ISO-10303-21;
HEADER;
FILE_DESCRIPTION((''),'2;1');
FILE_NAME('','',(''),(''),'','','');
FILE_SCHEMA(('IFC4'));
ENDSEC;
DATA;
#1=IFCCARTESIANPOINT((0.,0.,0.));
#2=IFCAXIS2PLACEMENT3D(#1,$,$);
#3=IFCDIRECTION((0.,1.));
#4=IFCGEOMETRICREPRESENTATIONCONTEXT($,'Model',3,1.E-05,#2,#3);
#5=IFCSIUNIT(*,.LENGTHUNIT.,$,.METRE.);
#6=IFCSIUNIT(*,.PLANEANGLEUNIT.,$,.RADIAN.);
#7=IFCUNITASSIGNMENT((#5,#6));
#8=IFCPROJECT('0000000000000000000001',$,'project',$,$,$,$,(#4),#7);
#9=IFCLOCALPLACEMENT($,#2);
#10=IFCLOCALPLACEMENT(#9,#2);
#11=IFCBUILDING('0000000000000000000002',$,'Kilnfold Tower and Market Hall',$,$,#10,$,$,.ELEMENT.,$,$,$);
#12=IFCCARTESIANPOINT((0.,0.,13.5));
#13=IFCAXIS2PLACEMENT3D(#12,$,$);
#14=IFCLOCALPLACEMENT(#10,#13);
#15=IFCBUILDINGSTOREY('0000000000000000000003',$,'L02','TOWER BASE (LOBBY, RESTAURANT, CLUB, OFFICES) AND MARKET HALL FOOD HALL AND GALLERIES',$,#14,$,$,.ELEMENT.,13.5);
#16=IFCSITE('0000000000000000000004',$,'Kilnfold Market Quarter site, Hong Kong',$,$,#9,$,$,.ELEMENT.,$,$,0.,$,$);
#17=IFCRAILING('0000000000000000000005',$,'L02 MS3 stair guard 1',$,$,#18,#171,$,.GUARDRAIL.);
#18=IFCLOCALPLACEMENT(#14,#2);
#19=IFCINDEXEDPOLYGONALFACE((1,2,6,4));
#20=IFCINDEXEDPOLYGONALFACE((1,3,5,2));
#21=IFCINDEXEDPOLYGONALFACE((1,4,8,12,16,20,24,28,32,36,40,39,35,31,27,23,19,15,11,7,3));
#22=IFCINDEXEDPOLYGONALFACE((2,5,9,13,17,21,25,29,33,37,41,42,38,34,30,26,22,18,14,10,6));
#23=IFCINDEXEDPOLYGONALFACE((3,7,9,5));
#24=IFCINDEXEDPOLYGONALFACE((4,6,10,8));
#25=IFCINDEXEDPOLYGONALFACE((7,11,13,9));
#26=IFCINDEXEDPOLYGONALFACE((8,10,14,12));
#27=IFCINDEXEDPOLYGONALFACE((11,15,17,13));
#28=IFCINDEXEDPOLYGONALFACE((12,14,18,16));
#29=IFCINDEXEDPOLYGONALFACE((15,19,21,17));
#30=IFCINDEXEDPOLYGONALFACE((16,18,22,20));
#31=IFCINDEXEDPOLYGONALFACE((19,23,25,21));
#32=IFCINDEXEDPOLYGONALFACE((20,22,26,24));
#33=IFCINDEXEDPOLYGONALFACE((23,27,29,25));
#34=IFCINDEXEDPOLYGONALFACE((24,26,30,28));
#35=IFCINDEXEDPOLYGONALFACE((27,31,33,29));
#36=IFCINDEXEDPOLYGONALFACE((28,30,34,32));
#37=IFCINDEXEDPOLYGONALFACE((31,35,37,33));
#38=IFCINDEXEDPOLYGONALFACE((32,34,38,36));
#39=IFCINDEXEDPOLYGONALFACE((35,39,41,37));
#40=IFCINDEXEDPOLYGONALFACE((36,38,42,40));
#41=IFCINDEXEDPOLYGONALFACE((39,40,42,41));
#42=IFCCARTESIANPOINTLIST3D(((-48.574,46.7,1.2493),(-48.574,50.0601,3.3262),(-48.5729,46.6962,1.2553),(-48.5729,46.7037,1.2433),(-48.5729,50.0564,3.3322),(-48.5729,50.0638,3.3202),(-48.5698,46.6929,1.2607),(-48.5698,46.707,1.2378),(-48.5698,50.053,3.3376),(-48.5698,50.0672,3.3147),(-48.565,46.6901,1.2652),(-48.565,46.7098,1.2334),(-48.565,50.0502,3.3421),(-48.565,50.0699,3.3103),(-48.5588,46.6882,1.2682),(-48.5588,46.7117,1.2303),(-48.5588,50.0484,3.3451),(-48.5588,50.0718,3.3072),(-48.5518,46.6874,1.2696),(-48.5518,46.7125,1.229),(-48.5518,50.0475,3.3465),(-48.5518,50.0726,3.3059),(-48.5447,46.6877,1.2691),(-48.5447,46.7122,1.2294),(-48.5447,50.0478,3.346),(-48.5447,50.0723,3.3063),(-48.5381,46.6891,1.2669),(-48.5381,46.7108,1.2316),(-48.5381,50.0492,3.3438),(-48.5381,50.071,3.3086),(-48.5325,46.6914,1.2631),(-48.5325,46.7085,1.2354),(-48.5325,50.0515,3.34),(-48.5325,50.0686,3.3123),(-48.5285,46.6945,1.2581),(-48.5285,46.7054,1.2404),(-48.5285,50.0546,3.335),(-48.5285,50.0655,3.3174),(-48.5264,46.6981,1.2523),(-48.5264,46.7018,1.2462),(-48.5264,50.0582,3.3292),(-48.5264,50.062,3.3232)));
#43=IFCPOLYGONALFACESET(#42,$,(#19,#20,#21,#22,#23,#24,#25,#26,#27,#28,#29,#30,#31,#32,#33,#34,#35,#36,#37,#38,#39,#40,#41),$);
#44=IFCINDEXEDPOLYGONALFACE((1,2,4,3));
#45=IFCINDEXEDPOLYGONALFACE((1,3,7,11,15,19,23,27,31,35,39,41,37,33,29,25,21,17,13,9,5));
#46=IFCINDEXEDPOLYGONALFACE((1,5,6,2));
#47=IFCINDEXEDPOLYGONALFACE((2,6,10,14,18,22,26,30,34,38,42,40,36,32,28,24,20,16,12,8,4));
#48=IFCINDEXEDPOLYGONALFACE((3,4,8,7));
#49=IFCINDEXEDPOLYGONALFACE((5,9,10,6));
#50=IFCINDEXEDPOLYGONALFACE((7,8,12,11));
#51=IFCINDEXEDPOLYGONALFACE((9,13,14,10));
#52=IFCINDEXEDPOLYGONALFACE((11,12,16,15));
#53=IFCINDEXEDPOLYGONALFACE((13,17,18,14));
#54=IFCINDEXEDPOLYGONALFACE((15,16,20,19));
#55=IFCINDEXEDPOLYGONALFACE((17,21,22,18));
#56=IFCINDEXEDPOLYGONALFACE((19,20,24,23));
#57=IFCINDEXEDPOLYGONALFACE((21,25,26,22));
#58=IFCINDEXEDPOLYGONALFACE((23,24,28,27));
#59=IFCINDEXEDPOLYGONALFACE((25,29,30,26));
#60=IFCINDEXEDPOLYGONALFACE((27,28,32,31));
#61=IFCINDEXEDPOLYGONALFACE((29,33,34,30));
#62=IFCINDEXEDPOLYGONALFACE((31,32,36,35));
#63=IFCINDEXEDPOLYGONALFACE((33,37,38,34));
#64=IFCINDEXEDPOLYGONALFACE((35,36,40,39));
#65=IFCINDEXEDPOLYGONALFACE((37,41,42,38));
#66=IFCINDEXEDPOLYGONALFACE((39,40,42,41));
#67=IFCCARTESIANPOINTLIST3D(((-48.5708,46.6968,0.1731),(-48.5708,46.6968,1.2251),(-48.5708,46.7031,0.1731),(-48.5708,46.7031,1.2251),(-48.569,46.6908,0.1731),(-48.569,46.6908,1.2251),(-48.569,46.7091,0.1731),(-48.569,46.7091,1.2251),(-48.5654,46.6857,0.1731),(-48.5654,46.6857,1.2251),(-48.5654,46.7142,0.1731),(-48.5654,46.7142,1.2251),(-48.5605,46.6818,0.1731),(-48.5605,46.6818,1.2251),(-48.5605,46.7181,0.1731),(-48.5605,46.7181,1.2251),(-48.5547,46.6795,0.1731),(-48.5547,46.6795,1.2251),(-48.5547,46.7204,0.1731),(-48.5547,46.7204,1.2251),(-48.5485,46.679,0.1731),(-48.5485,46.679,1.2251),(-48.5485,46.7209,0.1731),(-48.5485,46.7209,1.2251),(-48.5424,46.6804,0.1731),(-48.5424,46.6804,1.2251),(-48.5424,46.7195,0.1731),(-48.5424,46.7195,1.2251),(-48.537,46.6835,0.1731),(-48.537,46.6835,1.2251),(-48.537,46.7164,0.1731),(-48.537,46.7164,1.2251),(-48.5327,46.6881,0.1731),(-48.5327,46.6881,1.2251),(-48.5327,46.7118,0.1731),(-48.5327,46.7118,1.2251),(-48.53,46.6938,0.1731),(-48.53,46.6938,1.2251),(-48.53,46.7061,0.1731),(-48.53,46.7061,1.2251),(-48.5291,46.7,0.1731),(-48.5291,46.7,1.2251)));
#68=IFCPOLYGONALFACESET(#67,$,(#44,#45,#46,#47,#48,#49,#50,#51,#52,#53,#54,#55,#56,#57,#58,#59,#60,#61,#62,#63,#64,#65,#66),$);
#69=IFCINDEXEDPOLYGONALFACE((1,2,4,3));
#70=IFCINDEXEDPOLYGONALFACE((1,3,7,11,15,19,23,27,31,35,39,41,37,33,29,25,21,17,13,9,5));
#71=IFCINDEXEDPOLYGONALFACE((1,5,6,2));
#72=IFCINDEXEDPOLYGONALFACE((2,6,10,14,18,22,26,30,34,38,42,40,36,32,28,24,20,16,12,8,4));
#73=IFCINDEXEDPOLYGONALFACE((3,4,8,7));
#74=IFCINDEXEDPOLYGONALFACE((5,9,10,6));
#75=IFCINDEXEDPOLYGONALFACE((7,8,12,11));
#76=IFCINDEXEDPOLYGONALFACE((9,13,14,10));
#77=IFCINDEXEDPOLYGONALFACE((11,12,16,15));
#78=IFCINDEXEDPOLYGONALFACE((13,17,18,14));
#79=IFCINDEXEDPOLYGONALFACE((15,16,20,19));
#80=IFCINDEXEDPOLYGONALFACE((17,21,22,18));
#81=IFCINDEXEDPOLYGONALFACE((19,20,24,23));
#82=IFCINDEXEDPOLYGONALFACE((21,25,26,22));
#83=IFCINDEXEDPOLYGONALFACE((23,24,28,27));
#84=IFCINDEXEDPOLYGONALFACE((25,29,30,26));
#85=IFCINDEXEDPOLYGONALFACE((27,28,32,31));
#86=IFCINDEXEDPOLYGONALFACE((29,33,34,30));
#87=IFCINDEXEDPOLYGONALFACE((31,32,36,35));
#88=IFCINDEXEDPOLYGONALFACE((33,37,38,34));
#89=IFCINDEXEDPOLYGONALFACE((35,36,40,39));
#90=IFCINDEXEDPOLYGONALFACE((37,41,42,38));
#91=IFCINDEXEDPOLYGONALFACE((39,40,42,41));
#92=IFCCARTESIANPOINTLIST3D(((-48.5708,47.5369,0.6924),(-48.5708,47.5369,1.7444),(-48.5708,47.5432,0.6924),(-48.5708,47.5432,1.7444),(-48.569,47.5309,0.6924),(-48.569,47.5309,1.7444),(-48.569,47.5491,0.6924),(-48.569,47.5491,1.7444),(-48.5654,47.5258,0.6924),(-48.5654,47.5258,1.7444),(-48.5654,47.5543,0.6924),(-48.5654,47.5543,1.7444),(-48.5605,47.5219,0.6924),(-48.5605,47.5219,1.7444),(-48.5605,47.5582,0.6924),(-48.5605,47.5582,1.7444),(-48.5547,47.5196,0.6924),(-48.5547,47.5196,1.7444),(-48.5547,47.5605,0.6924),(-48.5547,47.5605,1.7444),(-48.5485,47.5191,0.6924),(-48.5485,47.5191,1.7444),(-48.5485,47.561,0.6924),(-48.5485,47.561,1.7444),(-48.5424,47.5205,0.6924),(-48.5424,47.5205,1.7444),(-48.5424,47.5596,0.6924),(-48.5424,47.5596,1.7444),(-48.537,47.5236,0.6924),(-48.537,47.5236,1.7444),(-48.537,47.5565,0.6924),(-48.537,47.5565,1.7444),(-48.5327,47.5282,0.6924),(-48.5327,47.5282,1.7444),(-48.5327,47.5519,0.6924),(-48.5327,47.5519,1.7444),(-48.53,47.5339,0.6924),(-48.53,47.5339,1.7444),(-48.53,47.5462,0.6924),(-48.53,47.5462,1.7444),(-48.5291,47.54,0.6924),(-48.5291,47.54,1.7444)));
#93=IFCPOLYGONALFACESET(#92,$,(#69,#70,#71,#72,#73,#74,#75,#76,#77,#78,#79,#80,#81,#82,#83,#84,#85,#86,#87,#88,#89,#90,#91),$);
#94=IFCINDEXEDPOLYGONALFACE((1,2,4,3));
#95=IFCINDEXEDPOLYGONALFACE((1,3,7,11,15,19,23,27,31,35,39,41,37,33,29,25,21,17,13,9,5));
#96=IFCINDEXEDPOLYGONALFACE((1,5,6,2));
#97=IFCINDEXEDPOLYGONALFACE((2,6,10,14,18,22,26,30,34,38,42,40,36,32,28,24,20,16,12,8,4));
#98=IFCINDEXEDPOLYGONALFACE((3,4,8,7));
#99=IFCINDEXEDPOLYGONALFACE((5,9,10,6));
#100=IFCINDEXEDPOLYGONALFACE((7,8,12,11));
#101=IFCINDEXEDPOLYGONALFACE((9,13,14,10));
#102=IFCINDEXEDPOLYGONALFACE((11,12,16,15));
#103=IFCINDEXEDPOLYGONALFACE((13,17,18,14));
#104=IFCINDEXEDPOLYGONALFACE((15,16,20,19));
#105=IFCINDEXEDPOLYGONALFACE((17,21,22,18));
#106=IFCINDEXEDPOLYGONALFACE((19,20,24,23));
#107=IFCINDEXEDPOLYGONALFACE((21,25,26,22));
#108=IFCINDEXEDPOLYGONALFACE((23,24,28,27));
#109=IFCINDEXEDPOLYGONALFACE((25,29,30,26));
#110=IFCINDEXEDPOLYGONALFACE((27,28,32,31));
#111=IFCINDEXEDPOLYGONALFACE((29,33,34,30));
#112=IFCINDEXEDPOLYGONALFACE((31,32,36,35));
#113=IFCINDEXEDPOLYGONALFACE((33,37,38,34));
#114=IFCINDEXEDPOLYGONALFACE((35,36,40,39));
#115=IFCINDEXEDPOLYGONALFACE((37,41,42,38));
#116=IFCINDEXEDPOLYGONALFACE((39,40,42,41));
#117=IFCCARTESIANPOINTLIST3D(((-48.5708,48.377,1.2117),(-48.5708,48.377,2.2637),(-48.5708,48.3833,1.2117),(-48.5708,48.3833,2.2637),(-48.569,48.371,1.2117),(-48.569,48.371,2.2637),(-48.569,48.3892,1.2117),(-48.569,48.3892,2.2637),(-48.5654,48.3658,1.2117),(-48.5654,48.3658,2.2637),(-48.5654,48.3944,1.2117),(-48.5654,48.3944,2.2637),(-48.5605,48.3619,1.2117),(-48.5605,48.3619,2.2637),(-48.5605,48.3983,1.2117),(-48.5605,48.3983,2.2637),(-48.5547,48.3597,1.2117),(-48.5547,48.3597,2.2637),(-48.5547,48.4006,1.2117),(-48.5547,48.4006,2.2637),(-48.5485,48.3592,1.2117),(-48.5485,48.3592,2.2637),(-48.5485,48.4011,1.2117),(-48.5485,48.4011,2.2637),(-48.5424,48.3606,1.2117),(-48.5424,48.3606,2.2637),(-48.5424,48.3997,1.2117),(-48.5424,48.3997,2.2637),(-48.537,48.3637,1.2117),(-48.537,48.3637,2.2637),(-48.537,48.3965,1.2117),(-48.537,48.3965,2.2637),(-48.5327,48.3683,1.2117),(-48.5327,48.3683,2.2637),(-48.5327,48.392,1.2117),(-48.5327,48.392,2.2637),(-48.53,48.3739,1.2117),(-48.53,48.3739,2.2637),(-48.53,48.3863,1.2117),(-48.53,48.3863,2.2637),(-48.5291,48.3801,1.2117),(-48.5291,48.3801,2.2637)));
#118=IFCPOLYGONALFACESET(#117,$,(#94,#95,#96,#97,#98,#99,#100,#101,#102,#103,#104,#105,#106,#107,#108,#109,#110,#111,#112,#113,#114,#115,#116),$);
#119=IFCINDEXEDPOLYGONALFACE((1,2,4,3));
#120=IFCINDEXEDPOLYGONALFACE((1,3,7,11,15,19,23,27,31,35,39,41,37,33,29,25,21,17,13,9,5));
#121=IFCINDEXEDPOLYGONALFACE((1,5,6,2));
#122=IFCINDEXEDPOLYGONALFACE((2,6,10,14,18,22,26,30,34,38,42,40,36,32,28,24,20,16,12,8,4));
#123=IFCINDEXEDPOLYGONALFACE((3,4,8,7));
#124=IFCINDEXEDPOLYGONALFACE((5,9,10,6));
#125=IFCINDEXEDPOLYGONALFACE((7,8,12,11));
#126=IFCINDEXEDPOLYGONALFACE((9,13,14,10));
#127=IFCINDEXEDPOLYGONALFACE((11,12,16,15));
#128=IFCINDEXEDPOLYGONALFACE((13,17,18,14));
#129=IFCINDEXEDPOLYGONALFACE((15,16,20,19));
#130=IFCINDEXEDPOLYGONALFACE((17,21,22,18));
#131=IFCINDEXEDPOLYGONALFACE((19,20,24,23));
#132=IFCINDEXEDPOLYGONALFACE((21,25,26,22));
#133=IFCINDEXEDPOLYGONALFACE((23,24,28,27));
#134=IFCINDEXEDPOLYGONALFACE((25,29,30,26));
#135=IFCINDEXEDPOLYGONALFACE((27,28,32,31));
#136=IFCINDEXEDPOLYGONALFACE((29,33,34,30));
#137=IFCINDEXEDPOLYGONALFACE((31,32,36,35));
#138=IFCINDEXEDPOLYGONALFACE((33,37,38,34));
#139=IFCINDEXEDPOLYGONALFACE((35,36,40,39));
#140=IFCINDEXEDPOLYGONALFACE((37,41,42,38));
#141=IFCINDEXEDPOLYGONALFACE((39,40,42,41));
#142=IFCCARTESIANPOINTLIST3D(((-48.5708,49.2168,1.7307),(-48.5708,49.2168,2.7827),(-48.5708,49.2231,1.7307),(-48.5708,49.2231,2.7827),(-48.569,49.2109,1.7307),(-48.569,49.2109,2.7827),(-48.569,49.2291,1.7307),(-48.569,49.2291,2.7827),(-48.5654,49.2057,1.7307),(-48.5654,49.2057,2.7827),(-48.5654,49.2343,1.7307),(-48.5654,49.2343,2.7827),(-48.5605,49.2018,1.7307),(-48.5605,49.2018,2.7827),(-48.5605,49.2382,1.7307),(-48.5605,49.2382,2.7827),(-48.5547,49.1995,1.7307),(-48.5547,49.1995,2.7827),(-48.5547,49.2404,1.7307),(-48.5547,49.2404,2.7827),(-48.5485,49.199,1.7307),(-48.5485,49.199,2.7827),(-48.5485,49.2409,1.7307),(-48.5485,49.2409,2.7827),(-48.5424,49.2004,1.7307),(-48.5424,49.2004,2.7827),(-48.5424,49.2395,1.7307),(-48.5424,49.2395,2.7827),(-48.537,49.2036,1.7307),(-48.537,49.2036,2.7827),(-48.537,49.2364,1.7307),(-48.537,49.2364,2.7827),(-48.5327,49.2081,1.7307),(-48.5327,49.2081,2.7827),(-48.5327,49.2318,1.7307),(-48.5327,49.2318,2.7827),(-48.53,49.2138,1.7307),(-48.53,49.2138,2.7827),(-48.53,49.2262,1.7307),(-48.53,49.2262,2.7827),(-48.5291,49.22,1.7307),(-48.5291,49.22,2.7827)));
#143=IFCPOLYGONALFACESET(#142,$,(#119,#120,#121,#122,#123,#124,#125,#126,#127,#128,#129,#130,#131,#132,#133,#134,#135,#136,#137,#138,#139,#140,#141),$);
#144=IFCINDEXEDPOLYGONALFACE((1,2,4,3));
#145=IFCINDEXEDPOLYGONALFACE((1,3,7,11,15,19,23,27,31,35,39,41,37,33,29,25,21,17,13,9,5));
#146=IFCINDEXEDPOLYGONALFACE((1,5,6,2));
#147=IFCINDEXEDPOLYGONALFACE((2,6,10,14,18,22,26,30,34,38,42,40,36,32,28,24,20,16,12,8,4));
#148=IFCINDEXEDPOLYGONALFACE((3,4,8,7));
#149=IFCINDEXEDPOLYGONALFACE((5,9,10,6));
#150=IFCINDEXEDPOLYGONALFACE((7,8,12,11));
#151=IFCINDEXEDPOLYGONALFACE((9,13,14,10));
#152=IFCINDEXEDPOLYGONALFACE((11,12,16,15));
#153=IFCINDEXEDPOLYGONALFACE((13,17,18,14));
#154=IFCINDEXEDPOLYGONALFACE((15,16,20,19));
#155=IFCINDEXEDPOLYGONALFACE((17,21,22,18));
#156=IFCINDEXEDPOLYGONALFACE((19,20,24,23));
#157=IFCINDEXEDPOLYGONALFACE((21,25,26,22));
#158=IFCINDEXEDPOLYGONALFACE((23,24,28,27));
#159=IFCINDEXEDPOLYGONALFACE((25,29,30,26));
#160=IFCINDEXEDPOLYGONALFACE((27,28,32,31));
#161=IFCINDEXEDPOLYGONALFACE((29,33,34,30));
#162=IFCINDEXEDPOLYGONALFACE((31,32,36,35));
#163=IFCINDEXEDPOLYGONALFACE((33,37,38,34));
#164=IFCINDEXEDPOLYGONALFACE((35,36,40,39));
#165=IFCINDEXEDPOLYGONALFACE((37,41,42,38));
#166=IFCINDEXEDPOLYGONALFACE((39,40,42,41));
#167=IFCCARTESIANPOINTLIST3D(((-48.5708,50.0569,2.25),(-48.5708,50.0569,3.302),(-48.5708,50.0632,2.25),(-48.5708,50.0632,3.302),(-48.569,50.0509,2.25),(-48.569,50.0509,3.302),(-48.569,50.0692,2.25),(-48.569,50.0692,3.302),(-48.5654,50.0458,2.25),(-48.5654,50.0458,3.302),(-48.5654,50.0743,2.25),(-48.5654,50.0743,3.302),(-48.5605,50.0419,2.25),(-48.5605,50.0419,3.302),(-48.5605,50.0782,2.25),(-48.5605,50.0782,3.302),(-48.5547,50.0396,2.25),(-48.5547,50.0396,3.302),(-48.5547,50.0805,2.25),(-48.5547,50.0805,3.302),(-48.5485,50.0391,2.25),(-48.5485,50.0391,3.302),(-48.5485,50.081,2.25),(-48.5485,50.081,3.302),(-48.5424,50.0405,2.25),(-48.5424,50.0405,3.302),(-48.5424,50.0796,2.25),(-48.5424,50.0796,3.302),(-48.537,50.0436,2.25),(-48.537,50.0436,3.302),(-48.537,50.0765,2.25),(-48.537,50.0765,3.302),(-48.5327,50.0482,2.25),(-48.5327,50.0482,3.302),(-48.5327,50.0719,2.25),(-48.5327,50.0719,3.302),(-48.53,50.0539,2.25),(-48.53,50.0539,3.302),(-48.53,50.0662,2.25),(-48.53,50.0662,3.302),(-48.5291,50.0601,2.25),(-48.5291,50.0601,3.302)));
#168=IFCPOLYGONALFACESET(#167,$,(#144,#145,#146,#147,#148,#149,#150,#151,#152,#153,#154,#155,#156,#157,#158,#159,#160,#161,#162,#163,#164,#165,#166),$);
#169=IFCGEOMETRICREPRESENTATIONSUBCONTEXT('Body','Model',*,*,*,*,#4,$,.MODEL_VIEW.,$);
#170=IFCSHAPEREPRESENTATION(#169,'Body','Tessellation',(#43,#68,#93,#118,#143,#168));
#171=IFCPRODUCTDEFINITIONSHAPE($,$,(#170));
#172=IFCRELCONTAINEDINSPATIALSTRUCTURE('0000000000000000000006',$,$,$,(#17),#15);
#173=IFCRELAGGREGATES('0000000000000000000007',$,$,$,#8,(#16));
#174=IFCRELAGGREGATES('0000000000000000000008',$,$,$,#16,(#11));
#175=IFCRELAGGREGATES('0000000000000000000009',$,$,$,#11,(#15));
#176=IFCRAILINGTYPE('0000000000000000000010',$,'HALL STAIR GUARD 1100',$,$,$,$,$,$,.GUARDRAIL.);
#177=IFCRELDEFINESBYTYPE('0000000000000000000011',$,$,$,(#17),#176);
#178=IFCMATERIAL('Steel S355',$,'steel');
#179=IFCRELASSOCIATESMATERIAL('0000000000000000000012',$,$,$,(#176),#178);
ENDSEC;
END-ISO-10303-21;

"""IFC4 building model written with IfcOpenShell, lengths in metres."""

from ifc_helpers import new_model, si_unit, direction, frame, origin, origin_2d, place, context, subcontext, project, spatial, circle, extrude, material, type_object, element, save


model = new_model("IFC4")

# Units and contexts
model_context = context("Model", 3, precision=1e-05, world=origin(), true_north=direction((0.0, 1.0)))
body_context = subcontext(model_context, "Body", "Model", "MODEL_VIEW")
ifc_project = project(units=[si_unit("LENGTHUNIT", "METRE"), si_unit("PLANEANGLEUNIT", "RADIAN")], contexts=[model_context])

# Site, building, storey
site_placement = place(None, origin())
site = spatial("IfcSite", under=ifc_project, at=site_placement, Name="Kilnfold Market Quarter site, Hong Kong", CompositionType="ELEMENT", RefElevation=0.0)
building_placement = place(site_placement, origin())
building = spatial("IfcBuilding", under=site, at=building_placement, Name="Kilnfold Tower and Market Hall", CompositionType="ELEMENT")
storey_placement = place(building_placement, frame((0.0, 0.0, 13.5)))
storey = spatial("IfcBuildingStorey", under=building, at=storey_placement, Name="L02", Description="TOWER BASE (LOBBY, RESTAURANT, CLUB, OFFICES) AND MARKET HALL FOOD HALL AND GALLERIES", CompositionType="ELEMENT", Elevation=13.5)

# Railing
ifc_material_1 = material(Name="Steel S355", Category="steel")
railing_type_1 = type_object("IfcRailingType", Name="HALL STAIR GUARD 1100", PredefinedType="GUARDRAIL", material=ifc_material_1)
railing_1_placement = place(storey_placement, frame((-48.55, 46.7, 0.1731)))
element("IfcRailing", 1, at=railing_1_placement, inside=storey, type_object=railing_type_1, Name="L02 MS3 stair guard 1", PredefinedType="GUARDRAIL", context=body_context, shape_type="SweptSolid", body=[
    extrude(circle(Radius=0.0239, at=origin_2d()), frame((0.0, 0.0, 1.0762), z_axis=(0.0, 0.850623, 0.525776), x_axis=(-1.0, 0.0, 0.0)), (0.0, 0.0, 1.0), 3.9502),
    extrude(circle(Radius=0.021, at=origin_2d()), origin(), (0.0, 0.0, 1.0), 1.052),
    extrude(circle(Radius=0.021, at=origin_2d()), frame((0.0, 0.8401, 0.5193)), (0.0, 0.0, 1.0), 1.052),
    extrude(circle(Radius=0.021, at=origin_2d()), frame((0.0, 1.6802, 1.0386)), (0.0, 0.0, 1.0), 1.052),
    extrude(circle(Radius=0.021, at=origin_2d()), frame((0.0, 2.52, 1.5576)), (0.0, 0.0, 1.0), 1.052),
    extrude(circle(Radius=0.021, at=origin_2d()), frame((0.0, 3.3601, 2.0769)), (0.0, 0.0, 1.0), 1.052),
])

save(model, "model.ifc")
